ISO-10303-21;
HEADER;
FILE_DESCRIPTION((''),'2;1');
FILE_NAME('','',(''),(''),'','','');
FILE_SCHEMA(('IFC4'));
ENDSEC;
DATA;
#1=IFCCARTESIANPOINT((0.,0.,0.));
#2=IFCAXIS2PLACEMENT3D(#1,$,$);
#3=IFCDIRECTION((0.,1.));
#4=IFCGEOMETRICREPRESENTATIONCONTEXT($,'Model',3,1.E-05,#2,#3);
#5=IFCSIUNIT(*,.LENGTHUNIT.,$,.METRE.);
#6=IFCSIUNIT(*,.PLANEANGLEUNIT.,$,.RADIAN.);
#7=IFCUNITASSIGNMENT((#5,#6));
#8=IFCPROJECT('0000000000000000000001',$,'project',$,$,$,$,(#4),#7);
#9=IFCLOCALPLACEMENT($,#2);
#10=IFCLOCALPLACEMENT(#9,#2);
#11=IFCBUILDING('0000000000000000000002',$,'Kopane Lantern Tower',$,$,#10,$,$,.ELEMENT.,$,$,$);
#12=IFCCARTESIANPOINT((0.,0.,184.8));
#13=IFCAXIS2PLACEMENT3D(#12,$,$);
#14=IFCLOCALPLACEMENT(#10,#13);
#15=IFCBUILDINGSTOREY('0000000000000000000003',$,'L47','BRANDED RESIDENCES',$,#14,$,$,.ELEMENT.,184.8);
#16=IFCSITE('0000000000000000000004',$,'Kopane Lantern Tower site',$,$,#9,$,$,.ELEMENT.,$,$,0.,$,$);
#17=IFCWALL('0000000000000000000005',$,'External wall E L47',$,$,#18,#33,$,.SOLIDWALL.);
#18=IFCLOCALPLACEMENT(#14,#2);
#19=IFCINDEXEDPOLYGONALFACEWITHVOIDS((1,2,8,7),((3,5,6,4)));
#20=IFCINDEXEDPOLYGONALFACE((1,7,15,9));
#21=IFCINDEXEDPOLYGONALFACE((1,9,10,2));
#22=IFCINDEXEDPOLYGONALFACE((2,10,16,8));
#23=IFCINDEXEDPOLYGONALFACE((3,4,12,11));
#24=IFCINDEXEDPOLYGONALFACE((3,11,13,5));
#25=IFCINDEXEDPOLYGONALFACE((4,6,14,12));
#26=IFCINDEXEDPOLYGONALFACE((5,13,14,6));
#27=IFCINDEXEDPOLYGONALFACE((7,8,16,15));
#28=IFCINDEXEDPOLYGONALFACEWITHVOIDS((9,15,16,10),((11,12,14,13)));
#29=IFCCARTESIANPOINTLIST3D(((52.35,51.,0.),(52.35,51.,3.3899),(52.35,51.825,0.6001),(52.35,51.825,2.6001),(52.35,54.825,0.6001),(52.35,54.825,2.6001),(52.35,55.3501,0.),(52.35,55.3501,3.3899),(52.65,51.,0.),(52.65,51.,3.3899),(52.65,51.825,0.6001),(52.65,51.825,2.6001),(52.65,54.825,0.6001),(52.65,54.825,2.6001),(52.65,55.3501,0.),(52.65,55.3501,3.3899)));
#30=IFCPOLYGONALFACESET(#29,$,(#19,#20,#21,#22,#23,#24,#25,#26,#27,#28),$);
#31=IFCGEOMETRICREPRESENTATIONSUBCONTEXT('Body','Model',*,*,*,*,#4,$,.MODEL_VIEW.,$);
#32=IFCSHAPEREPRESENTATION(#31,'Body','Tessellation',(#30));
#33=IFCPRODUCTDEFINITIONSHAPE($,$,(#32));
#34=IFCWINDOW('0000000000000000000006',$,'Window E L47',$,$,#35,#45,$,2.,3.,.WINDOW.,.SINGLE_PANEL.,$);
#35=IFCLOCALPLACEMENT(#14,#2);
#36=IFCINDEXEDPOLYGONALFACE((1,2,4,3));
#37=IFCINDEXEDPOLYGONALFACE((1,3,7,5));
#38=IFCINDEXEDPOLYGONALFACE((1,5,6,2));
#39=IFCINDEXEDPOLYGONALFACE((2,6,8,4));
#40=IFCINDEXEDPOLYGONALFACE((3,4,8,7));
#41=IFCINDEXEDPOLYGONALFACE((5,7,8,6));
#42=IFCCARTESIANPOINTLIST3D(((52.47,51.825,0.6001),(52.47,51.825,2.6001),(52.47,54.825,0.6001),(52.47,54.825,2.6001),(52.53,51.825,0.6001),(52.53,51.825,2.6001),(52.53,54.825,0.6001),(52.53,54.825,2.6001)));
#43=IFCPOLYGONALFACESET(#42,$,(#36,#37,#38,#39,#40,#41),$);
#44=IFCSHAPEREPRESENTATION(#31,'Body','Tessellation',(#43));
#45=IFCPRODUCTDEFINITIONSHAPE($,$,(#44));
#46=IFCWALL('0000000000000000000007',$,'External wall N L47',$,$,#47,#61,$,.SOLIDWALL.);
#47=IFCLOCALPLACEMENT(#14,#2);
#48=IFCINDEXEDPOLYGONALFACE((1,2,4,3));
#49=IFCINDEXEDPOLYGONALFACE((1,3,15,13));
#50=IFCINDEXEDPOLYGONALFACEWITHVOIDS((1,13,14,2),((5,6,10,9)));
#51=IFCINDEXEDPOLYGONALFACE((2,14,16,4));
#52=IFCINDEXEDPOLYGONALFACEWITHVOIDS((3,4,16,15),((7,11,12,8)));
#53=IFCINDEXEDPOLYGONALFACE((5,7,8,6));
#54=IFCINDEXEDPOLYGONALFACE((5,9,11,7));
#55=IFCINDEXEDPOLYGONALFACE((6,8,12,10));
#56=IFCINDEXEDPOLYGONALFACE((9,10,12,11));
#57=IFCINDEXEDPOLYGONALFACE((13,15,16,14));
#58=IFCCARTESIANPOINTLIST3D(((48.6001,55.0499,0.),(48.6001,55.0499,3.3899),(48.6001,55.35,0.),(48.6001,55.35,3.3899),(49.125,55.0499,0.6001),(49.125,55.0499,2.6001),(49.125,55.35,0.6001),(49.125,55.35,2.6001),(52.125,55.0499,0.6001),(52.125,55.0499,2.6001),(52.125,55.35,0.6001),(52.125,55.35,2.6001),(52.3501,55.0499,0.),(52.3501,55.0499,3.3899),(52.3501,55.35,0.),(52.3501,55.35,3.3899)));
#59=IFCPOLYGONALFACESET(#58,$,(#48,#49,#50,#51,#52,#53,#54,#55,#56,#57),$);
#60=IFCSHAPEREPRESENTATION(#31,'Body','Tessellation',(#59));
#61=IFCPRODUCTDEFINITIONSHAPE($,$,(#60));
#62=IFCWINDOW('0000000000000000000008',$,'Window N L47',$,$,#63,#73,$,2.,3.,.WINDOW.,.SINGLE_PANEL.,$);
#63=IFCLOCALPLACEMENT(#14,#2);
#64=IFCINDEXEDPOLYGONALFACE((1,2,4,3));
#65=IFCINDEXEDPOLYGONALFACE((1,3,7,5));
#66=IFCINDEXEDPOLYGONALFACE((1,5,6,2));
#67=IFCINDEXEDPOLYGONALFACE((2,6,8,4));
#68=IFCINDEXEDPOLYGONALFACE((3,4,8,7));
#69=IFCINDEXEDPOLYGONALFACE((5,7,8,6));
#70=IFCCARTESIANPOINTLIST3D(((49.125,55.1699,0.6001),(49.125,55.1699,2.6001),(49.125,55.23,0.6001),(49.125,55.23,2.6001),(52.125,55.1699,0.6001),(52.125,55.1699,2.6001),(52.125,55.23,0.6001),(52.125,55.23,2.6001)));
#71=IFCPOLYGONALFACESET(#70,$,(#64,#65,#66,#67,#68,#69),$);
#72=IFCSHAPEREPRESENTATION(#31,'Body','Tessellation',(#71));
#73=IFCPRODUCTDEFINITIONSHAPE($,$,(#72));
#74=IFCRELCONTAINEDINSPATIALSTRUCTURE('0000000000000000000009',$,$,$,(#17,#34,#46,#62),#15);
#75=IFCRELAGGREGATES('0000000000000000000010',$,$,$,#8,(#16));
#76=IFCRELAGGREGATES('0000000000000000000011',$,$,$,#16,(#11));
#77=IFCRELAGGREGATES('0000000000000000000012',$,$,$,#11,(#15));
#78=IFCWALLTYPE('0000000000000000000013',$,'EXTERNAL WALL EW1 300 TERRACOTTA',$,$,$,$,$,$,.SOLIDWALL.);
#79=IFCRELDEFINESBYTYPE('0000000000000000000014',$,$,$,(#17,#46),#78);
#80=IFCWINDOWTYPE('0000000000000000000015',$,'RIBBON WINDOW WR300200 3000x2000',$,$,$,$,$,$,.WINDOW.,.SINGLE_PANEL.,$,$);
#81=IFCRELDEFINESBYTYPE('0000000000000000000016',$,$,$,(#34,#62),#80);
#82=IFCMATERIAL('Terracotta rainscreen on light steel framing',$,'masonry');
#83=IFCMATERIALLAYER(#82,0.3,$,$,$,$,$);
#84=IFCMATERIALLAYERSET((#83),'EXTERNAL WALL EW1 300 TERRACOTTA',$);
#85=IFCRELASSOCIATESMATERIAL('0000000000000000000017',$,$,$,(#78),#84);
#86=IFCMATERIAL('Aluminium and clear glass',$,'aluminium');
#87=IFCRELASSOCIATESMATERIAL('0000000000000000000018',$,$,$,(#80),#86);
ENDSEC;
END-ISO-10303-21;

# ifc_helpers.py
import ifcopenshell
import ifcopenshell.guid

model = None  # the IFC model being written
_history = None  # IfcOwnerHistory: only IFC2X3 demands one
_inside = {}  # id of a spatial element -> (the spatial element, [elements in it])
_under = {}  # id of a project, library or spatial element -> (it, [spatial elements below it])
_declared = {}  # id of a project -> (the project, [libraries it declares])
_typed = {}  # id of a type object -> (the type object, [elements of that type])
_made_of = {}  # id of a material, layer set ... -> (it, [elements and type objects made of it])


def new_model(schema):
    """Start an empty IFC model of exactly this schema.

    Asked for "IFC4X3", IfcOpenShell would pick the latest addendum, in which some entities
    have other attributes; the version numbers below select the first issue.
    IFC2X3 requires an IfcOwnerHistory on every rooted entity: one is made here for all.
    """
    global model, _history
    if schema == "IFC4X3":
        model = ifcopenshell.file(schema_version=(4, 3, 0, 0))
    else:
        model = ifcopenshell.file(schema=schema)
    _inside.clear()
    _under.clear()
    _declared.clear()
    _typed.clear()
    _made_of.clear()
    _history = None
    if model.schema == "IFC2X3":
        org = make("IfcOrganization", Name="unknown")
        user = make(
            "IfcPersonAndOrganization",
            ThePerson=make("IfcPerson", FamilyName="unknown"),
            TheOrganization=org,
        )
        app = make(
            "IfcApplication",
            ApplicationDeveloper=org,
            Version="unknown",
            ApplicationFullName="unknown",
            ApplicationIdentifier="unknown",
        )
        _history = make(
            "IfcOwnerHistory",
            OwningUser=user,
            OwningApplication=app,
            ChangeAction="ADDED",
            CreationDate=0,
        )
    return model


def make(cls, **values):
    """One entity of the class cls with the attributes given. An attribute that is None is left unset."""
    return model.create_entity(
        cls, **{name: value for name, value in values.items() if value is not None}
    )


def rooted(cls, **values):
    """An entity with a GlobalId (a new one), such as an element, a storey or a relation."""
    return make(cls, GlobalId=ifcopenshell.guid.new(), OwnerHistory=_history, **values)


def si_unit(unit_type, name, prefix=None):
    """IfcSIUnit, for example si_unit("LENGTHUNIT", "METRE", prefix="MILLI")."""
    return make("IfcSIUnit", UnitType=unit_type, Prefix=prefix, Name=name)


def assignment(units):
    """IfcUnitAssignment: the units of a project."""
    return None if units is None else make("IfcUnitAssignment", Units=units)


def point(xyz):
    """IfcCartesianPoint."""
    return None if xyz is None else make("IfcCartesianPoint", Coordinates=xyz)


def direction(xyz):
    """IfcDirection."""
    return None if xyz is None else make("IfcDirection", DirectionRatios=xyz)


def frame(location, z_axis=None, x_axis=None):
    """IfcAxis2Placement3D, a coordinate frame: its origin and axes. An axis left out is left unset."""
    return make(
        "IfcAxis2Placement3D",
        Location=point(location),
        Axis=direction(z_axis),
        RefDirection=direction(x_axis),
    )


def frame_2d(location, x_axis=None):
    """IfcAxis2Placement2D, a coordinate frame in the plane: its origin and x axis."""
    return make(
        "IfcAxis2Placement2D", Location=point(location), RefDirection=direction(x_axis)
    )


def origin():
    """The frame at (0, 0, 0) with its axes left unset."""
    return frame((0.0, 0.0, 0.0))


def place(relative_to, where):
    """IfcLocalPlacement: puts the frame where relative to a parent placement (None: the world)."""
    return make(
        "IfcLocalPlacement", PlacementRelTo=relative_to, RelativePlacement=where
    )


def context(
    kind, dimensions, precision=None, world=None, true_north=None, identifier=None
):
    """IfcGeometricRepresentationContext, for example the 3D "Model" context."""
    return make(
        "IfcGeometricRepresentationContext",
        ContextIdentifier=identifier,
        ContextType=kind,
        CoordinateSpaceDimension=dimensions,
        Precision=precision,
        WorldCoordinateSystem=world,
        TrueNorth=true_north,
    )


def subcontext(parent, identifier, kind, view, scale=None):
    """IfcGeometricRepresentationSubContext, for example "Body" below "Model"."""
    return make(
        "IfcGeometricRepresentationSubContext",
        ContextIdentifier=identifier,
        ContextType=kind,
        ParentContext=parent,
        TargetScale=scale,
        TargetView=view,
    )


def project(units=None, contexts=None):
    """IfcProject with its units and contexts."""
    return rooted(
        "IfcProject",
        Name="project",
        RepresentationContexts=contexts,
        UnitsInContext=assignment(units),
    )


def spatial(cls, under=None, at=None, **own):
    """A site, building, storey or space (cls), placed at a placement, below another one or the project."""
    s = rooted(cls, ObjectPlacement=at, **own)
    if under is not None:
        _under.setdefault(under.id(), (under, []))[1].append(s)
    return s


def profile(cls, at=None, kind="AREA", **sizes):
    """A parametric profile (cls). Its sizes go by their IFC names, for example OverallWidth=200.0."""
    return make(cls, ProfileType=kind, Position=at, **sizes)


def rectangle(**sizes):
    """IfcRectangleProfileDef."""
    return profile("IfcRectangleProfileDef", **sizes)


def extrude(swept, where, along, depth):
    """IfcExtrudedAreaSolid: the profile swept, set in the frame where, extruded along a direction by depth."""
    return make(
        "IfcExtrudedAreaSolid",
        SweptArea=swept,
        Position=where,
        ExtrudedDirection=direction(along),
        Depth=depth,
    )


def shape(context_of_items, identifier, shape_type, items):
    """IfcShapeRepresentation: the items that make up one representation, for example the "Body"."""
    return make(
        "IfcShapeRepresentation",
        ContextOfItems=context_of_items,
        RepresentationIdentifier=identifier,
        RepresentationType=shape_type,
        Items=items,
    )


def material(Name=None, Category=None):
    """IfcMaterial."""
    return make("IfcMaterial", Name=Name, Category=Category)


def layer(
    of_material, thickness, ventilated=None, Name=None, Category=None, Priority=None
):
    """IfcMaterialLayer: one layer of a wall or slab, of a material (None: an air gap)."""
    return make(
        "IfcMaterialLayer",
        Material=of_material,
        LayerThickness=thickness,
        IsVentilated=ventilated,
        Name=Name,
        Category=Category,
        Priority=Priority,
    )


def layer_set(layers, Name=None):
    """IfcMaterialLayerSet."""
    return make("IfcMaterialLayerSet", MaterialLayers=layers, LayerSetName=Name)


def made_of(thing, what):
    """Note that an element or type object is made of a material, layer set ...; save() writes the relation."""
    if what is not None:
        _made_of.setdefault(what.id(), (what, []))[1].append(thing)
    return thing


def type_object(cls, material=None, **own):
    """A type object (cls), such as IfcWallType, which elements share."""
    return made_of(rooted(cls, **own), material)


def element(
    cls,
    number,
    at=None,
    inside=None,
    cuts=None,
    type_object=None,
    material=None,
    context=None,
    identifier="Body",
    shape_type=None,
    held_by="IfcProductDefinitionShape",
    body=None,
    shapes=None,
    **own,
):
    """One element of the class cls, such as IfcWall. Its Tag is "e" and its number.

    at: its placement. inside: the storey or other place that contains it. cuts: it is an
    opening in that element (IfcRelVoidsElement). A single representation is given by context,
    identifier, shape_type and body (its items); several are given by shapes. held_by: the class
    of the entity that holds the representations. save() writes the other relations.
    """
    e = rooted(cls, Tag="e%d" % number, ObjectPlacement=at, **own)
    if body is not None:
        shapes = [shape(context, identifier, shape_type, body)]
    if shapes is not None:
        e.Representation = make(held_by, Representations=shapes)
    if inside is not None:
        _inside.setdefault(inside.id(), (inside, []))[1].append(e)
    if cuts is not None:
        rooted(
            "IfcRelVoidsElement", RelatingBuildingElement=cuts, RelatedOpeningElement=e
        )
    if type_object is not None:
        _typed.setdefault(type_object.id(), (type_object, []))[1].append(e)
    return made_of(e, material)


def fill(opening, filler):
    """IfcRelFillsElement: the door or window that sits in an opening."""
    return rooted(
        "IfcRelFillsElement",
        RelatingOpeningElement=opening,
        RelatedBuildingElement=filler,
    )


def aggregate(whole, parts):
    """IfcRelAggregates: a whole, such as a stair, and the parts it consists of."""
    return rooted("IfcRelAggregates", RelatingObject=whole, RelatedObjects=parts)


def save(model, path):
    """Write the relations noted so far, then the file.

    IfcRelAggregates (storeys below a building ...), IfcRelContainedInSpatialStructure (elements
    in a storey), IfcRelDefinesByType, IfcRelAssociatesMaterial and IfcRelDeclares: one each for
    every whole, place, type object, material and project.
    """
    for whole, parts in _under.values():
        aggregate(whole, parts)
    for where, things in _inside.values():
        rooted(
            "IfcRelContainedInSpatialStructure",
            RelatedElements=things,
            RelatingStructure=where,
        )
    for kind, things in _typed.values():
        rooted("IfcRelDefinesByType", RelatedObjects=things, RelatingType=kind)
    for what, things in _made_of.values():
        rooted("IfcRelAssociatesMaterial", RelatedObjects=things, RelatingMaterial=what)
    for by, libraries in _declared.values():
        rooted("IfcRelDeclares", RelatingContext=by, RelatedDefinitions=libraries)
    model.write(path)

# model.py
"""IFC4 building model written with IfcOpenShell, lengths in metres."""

from ifc_helpers import new_model, si_unit, direction, frame, frame_2d, origin, place, context, subcontext, project, spatial, rectangle, extrude, material, layer, layer_set, type_object, element, fill, save


model = new_model("IFC4")

# Units and contexts
model_context = context("Model", 3, precision=1e-05, world=origin(), true_north=direction((0.0, 1.0)))
body_context = subcontext(model_context, "Body", "Model", "MODEL_VIEW")
ifc_project = project(units=[si_unit("LENGTHUNIT", "METRE"), si_unit("PLANEANGLEUNIT", "RADIAN")], contexts=[model_context])

# Site, building, storey
site_placement = place(None, origin())
site = spatial("IfcSite", under=ifc_project, at=site_placement, Name="Kopane Lantern Tower site", CompositionType="ELEMENT", RefElevation=0.0)
building_placement = place(site_placement, origin())
building = spatial("IfcBuilding", under=site, at=building_placement, Name="Kopane Lantern Tower", CompositionType="ELEMENT")
storey_placement = place(building_placement, frame((0.0, 0.0, 184.8)))
storey = spatial("IfcBuildingStorey", under=building, at=storey_placement, Name="L47", Description="BRANDED RESIDENCES", CompositionType="ELEMENT", Elevation=184.8)

# Walls, openings, windows
ifc_material_1 = material(Name="Terracotta rainscreen on light steel framing", Category="masonry")
ifc_layer = layer(ifc_material_1, 0.3)
ifc_layer_set = layer_set([ifc_layer], Name="EXTERNAL WALL EW1 300 TERRACOTTA")
wall_type = type_object("IfcWallType", Name="EXTERNAL WALL EW1 300 TERRACOTTA", PredefinedType="SOLIDWALL", material=ifc_layer_set)
ifc_material_2 = material(Name="Aluminium and clear glass", Category="aluminium")
window_type = type_object("IfcWindowType", Name="RIBBON WINDOW WR300200 3000x2000", PartitioningType="SINGLE_PANEL", PredefinedType="WINDOW", material=ifc_material_2)
wall_1_placement = place(storey_placement, frame((52.5, 51.0, 0.0), z_axis=(0.0, 0.0, 1.0), x_axis=(0.0, 1.0, 0.0)))
wall_1 = element("IfcWall", 1, at=wall_1_placement, inside=storey, type_object=wall_type, Name="External wall E L47", PredefinedType="SOLIDWALL", context=body_context, shape_type="SweptSolid", body=[
    extrude(rectangle(XDim=4.3501, YDim=0.3, at=frame_2d((2.175, 0.0))), origin(), (0.0, 0.0, 1.0), 3.3899),
])
opening_1_placement = place(wall_1_placement, frame((0.825, 0.0, 0.6001)))
opening_1 = element("IfcOpeningElement", 2, at=opening_1_placement, cuts=wall_1, PredefinedType="OPENING", context=body_context, shape_type="SweptSolid", body=[
    extrude(rectangle(XDim=3.0, YDim=2.0, at=frame_2d((1.5, 1.0))), frame((0.0, 0.1599, 0.0), z_axis=(0.0, -1.0, 0.0), x_axis=(1.0, 0.0, 0.0)), (0.0, 0.0, 1.0), 0.3201),
])
window_1_placement = place(opening_1_placement, origin())
window_1 = element("IfcWindow", 3, at=window_1_placement, inside=storey, type_object=window_type, Name="Window E L47", OverallHeight=2.0, OverallWidth=3.0, PartitioningType="SINGLE_PANEL", PredefinedType="WINDOW", context=body_context, shape_type="SweptSolid", body=[
    extrude(rectangle(XDim=3.0, YDim=2.0, at=frame_2d((1.5, 1.0))), frame((0.0, 0.03, 0.0), z_axis=(0.0, -1.0, 0.0), x_axis=(1.0, 0.0, 0.0)), (0.0, 0.0, 1.0), 0.0601),
])
fill(opening_1, window_1)
wall_2_placement = place(storey_placement, frame((52.3501, 55.2, 0.0), z_axis=(0.0, 0.0, 1.0), x_axis=(-1.0, 0.0, 0.0)))
wall_2 = element("IfcWall", 4, at=wall_2_placement, inside=storey, type_object=wall_type, Name="External wall N L47", PredefinedType="SOLIDWALL", context=body_context, shape_type="SweptSolid", body=[
    extrude(rectangle(XDim=3.75, YDim=0.3, at=frame_2d((1.875, 0.0))), origin(), (0.0, 0.0, 1.0), 3.3899),
])
opening_2_placement = place(wall_2_placement, frame((0.2251, 0.0, 0.6001)))
opening_2 = element("IfcOpeningElement", 5, at=opening_2_placement, cuts=wall_2, PredefinedType="OPENING", context=body_context, shape_type="SweptSolid", body=[
    extrude(rectangle(XDim=3.0, YDim=2.0, at=frame_2d((1.5, 1.0))), frame((0.0, 0.1599, 0.0), z_axis=(0.0, -1.0, 0.0), x_axis=(1.0, 0.0, 0.0)), (0.0, 0.0, 1.0), 0.3201),
])
window_2_placement = place(opening_2_placement, origin())
window_2 = element("IfcWindow", 6, at=window_2_placement, inside=storey, type_object=window_type, Name="Window N L47", OverallHeight=2.0, OverallWidth=3.0, PartitioningType="SINGLE_PANEL", PredefinedType="WINDOW", context=body_context, shape_type="SweptSolid", body=[
    extrude(rectangle(XDim=3.0, YDim=2.0, at=frame_2d((1.5, 1.0))), frame((0.0, 0.03, 0.0), z_axis=(0.0, -1.0, 0.0), x_axis=(1.0, 0.0, 0.0)), (0.0, 0.0, 1.0), 0.0601),
])
fill(opening_2, window_2)

save(model, "model.ifc")
